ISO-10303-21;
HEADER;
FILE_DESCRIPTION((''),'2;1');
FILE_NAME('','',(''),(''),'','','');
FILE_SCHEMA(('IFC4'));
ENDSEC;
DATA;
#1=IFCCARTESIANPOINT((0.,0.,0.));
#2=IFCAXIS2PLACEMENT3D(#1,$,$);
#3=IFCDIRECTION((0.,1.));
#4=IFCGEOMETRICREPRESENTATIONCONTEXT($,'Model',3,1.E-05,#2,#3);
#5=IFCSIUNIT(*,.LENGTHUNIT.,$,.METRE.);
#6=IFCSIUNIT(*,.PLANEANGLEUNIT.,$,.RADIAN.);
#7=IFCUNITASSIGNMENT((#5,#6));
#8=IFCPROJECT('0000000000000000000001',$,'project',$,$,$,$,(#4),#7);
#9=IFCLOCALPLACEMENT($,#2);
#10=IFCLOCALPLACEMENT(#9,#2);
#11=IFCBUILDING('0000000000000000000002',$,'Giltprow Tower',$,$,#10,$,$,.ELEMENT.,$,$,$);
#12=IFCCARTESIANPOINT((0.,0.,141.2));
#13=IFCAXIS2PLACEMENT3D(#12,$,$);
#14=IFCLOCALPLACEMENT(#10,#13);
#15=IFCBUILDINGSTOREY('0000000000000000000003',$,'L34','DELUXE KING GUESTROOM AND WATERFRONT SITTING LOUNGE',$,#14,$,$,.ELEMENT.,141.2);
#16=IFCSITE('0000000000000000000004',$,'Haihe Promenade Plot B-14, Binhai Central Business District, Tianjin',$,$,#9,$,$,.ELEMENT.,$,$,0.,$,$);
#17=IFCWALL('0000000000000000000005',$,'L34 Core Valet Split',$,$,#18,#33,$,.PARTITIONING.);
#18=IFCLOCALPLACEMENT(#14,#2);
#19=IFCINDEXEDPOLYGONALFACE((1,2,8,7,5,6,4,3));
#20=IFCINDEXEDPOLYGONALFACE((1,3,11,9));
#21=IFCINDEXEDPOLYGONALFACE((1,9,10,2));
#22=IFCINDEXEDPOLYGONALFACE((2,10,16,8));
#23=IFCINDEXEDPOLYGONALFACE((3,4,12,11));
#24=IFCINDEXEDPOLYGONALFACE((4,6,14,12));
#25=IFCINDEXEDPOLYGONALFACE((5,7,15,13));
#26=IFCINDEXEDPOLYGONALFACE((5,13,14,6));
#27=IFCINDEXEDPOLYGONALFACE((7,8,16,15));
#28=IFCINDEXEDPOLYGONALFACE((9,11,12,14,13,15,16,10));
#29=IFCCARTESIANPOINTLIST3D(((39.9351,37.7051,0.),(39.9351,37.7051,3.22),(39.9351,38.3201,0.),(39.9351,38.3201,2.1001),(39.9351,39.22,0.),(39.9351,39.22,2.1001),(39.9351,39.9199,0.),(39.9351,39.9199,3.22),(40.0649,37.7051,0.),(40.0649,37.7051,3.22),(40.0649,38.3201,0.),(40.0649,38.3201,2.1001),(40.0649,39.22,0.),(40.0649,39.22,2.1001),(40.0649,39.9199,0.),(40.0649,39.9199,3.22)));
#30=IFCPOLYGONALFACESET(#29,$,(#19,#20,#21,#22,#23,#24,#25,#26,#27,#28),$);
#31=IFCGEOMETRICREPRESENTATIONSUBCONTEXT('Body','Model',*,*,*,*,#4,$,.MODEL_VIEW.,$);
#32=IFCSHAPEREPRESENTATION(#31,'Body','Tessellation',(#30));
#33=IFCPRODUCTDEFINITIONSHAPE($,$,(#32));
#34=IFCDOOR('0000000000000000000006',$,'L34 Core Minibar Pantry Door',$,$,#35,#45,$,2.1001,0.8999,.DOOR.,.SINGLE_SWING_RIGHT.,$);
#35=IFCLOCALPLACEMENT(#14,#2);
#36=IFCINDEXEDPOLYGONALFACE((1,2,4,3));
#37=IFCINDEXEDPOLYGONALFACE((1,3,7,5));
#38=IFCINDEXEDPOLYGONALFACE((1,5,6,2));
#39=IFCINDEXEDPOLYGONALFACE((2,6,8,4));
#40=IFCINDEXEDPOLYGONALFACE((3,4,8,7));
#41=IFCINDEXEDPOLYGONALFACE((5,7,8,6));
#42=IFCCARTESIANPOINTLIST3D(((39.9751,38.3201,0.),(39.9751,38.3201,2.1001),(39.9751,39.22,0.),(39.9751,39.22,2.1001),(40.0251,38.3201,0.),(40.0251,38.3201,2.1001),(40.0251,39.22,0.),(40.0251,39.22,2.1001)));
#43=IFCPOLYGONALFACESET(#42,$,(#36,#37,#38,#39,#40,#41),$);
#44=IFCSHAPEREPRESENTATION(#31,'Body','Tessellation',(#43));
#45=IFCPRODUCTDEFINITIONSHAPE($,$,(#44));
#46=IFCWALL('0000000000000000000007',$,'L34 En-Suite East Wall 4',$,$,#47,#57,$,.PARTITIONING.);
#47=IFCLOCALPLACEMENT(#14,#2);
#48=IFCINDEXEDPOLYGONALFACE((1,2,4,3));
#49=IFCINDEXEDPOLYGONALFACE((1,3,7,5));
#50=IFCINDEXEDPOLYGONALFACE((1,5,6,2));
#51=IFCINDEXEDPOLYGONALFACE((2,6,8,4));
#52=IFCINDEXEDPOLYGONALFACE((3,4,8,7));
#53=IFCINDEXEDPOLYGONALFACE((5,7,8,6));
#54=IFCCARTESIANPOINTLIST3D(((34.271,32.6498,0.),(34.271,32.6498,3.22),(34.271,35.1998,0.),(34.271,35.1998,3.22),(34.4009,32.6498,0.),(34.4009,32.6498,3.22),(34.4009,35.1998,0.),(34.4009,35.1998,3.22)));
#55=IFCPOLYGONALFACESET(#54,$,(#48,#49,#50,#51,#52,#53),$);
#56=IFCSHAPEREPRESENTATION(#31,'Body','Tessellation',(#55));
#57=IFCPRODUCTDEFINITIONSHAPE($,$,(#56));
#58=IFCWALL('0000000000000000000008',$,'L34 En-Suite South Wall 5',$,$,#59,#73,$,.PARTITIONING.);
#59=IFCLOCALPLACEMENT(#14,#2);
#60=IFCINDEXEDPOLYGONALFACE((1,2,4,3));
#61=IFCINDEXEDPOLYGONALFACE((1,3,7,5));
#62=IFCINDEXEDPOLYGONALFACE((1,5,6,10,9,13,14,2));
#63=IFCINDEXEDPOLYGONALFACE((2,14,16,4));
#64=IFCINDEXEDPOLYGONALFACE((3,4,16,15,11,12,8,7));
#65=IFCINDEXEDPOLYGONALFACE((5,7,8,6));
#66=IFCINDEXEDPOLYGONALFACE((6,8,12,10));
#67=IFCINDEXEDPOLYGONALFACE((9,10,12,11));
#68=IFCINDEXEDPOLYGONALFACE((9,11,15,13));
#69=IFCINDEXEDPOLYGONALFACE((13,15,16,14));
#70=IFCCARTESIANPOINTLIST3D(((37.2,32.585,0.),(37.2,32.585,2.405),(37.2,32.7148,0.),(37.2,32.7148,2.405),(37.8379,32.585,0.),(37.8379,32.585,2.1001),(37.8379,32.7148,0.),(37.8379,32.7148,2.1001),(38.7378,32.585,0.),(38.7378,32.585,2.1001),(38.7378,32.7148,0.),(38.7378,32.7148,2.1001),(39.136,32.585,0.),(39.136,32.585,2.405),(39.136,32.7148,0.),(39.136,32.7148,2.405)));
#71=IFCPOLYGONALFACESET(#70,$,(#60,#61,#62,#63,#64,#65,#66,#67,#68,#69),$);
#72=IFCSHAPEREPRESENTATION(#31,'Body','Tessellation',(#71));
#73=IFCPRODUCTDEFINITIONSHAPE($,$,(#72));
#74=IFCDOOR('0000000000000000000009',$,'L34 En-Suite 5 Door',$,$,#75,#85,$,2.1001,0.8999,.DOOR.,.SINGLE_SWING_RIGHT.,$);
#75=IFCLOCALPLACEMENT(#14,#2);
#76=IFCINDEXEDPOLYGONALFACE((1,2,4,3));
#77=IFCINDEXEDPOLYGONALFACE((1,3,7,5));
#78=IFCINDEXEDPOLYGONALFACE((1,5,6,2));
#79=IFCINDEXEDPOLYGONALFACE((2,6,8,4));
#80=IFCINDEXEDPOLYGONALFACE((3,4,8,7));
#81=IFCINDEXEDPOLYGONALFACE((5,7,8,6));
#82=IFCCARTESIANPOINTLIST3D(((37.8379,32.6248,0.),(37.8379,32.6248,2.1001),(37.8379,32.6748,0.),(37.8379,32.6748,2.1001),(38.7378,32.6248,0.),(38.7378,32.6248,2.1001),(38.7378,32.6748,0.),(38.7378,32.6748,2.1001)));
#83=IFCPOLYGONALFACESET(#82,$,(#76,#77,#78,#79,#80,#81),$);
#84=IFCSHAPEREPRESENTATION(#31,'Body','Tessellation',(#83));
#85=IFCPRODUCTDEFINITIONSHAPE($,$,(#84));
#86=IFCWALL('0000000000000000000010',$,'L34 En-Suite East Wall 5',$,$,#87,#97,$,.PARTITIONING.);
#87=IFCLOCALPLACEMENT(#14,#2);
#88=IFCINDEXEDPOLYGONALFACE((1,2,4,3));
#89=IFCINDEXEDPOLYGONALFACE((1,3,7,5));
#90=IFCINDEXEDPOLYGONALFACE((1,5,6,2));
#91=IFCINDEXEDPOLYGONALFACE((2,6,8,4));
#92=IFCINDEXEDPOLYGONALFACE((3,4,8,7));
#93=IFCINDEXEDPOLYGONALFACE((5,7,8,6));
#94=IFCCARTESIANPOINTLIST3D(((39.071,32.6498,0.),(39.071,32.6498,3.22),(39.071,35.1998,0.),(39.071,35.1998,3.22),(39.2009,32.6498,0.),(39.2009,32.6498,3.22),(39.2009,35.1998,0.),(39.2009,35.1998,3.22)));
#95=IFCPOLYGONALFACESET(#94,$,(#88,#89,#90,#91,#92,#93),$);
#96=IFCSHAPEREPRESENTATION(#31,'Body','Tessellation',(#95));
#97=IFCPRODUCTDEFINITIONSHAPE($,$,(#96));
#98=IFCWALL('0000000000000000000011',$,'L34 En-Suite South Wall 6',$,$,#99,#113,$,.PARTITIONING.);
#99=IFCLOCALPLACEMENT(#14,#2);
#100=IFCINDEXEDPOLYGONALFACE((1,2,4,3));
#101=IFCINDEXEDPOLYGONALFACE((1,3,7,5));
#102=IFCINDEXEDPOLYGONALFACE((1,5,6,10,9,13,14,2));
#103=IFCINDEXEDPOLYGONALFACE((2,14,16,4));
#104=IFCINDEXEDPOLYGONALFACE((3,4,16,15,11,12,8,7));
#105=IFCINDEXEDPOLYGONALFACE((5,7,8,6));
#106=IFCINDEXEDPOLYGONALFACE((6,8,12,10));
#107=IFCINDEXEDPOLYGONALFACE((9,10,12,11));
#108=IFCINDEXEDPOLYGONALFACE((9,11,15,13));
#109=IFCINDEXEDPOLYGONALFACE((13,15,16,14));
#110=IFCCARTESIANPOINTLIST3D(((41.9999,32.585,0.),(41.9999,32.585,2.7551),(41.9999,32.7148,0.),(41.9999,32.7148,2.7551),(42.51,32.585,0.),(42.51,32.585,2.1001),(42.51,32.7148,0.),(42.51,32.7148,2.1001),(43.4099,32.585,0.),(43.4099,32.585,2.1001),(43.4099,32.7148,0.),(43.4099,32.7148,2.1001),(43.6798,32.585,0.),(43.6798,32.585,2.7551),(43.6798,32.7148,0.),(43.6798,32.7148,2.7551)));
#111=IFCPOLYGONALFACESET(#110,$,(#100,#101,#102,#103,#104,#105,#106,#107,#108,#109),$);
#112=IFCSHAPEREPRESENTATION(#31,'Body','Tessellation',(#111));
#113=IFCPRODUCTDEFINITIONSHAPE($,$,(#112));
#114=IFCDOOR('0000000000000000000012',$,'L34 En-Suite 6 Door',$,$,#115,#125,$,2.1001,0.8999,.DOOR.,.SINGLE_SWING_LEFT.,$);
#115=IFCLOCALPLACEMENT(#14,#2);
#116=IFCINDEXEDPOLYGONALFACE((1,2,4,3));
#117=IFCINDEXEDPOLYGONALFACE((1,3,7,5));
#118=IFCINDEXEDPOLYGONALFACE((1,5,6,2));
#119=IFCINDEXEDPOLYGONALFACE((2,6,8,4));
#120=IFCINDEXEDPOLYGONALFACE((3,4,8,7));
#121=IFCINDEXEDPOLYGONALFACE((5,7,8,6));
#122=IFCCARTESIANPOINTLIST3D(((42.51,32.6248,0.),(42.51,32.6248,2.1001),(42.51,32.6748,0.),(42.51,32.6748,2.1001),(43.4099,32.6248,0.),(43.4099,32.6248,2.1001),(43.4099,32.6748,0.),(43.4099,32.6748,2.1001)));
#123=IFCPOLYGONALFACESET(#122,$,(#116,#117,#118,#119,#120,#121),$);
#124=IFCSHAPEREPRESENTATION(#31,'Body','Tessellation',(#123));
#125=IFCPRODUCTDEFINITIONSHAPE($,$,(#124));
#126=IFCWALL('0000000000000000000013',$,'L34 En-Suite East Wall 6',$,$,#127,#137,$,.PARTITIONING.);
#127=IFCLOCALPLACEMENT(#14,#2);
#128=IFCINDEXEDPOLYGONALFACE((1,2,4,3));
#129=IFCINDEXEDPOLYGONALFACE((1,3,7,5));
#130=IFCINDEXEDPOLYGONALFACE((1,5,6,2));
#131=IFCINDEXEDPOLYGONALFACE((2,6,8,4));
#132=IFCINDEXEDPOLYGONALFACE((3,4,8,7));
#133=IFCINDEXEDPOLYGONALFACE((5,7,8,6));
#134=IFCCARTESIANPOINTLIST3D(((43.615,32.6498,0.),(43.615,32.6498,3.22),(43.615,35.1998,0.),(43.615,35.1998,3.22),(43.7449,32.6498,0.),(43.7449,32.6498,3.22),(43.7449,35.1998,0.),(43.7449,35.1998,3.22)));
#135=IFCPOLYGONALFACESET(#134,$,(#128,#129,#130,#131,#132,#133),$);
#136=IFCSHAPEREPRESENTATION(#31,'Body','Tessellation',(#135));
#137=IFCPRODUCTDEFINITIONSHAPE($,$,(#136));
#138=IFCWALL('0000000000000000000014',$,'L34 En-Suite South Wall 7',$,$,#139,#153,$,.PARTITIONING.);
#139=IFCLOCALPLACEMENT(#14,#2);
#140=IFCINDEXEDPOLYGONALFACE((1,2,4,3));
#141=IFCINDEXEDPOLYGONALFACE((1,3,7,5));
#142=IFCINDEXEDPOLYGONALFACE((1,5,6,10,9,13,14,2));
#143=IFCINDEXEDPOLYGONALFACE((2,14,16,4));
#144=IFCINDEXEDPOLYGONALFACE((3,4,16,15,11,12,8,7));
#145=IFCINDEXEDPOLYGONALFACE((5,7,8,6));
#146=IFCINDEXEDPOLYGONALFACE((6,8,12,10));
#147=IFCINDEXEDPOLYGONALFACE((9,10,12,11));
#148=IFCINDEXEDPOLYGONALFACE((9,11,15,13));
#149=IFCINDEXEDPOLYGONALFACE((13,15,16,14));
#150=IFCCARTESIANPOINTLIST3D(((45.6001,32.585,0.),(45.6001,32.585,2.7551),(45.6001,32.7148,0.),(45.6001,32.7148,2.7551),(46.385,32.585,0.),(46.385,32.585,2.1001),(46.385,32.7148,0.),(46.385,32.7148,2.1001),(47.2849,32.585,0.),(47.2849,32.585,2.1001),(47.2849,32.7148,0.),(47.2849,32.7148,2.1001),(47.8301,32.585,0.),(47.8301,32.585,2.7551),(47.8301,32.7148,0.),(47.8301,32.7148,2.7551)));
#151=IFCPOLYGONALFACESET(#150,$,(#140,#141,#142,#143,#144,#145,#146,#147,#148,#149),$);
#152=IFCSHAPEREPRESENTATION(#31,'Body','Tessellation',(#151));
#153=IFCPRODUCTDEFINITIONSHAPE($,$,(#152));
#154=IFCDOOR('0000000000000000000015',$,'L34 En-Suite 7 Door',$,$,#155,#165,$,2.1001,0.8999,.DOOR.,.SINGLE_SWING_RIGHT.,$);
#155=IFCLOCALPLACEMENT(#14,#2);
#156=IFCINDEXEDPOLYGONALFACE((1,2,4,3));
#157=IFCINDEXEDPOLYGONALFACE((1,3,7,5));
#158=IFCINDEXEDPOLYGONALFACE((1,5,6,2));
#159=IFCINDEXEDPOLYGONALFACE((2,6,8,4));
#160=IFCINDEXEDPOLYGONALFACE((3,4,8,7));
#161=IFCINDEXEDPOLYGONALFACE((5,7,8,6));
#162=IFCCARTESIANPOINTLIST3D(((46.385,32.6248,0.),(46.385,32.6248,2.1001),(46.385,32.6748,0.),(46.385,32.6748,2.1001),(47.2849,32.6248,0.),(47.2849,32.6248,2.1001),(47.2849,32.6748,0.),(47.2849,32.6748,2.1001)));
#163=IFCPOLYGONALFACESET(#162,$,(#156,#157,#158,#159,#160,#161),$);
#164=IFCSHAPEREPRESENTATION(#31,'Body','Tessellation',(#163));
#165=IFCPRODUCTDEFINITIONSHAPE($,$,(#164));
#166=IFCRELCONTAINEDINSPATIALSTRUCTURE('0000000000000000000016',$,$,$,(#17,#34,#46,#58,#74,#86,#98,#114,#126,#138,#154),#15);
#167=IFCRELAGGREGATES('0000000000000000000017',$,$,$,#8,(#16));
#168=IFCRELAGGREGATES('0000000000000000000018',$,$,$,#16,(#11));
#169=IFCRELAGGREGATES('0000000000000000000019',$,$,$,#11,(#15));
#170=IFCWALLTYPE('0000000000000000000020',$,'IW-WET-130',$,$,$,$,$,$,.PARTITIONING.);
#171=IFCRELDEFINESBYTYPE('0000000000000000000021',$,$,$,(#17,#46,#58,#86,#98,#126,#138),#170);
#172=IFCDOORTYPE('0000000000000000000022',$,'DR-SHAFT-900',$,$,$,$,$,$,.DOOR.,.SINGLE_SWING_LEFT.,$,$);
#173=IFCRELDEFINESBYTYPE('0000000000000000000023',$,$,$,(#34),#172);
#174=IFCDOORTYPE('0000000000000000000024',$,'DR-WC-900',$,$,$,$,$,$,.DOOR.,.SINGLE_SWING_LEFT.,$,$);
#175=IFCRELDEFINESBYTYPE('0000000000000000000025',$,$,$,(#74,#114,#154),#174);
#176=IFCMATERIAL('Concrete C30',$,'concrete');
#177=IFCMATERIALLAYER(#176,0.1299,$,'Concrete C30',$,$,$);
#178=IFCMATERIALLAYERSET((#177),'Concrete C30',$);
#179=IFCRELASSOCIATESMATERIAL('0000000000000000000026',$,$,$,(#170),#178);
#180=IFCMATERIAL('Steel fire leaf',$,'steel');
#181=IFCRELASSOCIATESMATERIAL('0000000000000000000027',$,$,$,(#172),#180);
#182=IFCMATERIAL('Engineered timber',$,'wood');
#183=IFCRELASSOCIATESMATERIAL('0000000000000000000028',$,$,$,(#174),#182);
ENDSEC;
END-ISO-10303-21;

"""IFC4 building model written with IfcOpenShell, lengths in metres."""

from ifc_helpers import new_model, si_unit, direction, frame, frame_2d, origin, place, context, subcontext, project, spatial, rectangle, extrude, source, transform, mapped, material, layer, layer_set, type_object, element, fill, save


model = new_model("IFC4")

# Units and contexts
model_context = context("Model", 3, precision=1e-05, world=origin(), true_north=direction((0.0, 1.0)))
body_context = subcontext(model_context, "Body", "Model", "MODEL_VIEW")
ifc_project = project(units=[si_unit("LENGTHUNIT", "METRE"), si_unit("PLANEANGLEUNIT", "RADIAN")], contexts=[model_context])

# Site, building, storey
site_placement = place(None, origin())
site = spatial("IfcSite", under=ifc_project, at=site_placement, Name="Haihe Promenade Plot B-14, Binhai Central Business District, Tianjin", CompositionType="ELEMENT", RefElevation=0.0)
building_placement = place(site_placement, origin())
building = spatial("IfcBuilding", under=site, at=building_placement, Name="Giltprow Tower", CompositionType="ELEMENT")
storey_placement = place(building_placement, frame((0.0, 0.0, 141.2)))
storey = spatial("IfcBuildingStorey", under=building, at=storey_placement, Name="L34", Description="DELUXE KING GUESTROOM AND WATERFRONT SITTING LOUNGE", CompositionType="ELEMENT", Elevation=141.2)

# Wall, opening, door
ifc_material_1 = material(Name="Concrete C30", Category="concrete")
ifc_layer_1 = layer(ifc_material_1, 0.1299, Name="Concrete C30")
ifc_layer_set_1 = layer_set([ifc_layer_1], Name="Concrete C30")
wall_type_1 = type_object("IfcWallType", Name="IW-WET-130", PredefinedType="PARTITIONING", material=ifc_layer_set_1)
ifc_material_2 = material(Name="Steel fire leaf", Category="steel")
door_type_1 = type_object("IfcDoorType", Name="DR-SHAFT-900", OperationType="SINGLE_SWING_LEFT", PredefinedType="DOOR", material=ifc_material_2)
shared_shape_1 = source(origin(), body_context, "Body", "SweptSolid", [
    extrude(rectangle(XDim=0.8999, YDim=2.1001, at=frame_2d((0.45, 1.05))), frame((0.0, 0.0249, 0.0), z_axis=(0.0, -1.0, 0.0), x_axis=(1.0, 0.0, 0.0)), (0.0, 0.0, 1.0), 0.05),
])
wall_1_placement = place(storey_placement, frame((40.0, 37.7051, 0.0), z_axis=(0.0, 0.0, 1.0), x_axis=(0.0, 1.0, 0.0)))
wall_1 = element("IfcWall", 1, at=wall_1_placement, inside=storey, type_object=wall_type_1, Name="L34 Core Valet Split", PredefinedType="PARTITIONING", context=body_context, shape_type="SweptSolid", body=[
    extrude(rectangle(XDim=2.2148, YDim=0.1299, at=frame_2d((1.1074, 0.0))), origin(), (0.0, 0.0, 1.0), 3.22),
])
opening_1_placement = place(wall_1_placement, frame((0.615, 0.0, 0.0)))
opening_1 = element("IfcOpeningElement", 2, at=opening_1_placement, cuts=wall_1, PredefinedType="OPENING", context=body_context, shape_type="SweptSolid", body=[
    extrude(rectangle(XDim=0.8999, YDim=2.1001, at=frame_2d((0.45, 1.05))), frame((0.0, 0.075, 0.0), z_axis=(0.0, -1.0, 0.0), x_axis=(1.0, 0.0, 0.0)), (0.0, 0.0, 1.0), 0.1499),
])
door_1_placement = place(opening_1_placement, origin())
door_1 = element("IfcDoor", 3, at=door_1_placement, inside=storey, type_object=door_type_1, Name="L34 Core Minibar Pantry Door", OperationType="SINGLE_SWING_RIGHT", OverallHeight=2.1001, OverallWidth=0.8999, PredefinedType="DOOR", context=body_context, shape_type="MappedRepresentation", body=[
    mapped(shared_shape_1, transform((0.0, 0.0, 0.0), x_axis=(1.0, 0.0, 0.0), y_axis=(0.0, 1.0, 0.0), z_axis=(0.0, 0.0, 1.0), scale=1.0)),
])
fill(opening_1, door_1)

# Wall
wall_2_placement = place(storey_placement, frame((34.3359, 32.6499, 0.0), z_axis=(0.0, 0.0, 1.0), x_axis=(0.0, 1.0, 0.0)))
element("IfcWall", 4, at=wall_2_placement, inside=storey, type_object=wall_type_1, Name="L34 En-Suite East Wall 4", PredefinedType="PARTITIONING", context=body_context, shape_type="SweptSolid", body=[
    extrude(rectangle(XDim=2.55, YDim=0.1299, at=frame_2d((1.2749, 0.0))), origin(), (0.0, 0.0, 1.0), 3.22),
])

# Wall, opening, door
wall_3_placement = place(storey_placement, frame((37.2, 32.6499, 0.0), z_axis=(0.0, 0.0, 1.0), x_axis=(1.0, 0.0, 0.0)))
wall_3 = element("IfcWall", 5, at=wall_3_placement, inside=storey, type_object=wall_type_1, Name="L34 En-Suite South Wall 5", PredefinedType="PARTITIONING", context=body_context, shape_type="SweptSolid", body=[
    extrude(rectangle(XDim=1.936, YDim=0.1299, at=frame_2d((0.968, 0.0))), origin(), (0.0, 0.0, 1.0), 2.405),
])
opening_2_placement = place(wall_3_placement, frame((0.6379, 0.0, 0.0)))
opening_2 = element("IfcOpeningElement", 6, at=opening_2_placement, cuts=wall_3, PredefinedType="OPENING", context=body_context, shape_type="SweptSolid", body=[
    extrude(rectangle(XDim=0.8999, YDim=2.1001, at=frame_2d((0.45, 1.05))), frame((0.0, 0.075, 0.0), z_axis=(0.0, -1.0, 0.0), x_axis=(1.0, 0.0, 0.0)), (0.0, 0.0, 1.0), 0.1499),
])
ifc_material_3 = material(Name="Engineered timber", Category="wood")
door_type_2 = type_object("IfcDoorType", Name="DR-WC-900", OperationType="SINGLE_SWING_LEFT", PredefinedType="DOOR", material=ifc_material_3)
door_2_placement = place(opening_2_placement, origin())
door_2 = element("IfcDoor", 7, at=door_2_placement, inside=storey, type_object=door_type_2, Name="L34 En-Suite 5 Door", OperationType="SINGLE_SWING_RIGHT", OverallHeight=2.1001, OverallWidth=0.8999, PredefinedType="DOOR", context=body_context, shape_type="MappedRepresentation", body=[
    mapped(shared_shape_1, transform((0.0, 0.0, 0.0), x_axis=(1.0, 0.0, 0.0), y_axis=(0.0, 1.0, 0.0), z_axis=(0.0, 0.0, 1.0), scale=1.0)),
])
fill(opening_2, door_2)

# Wall
wall_4_placement = place(storey_placement, frame((39.136, 32.6499, 0.0), z_axis=(0.0, 0.0, 1.0), x_axis=(0.0, 1.0, 0.0)))
element("IfcWall", 8, at=wall_4_placement, inside=storey, type_object=wall_type_1, Name="L34 En-Suite East Wall 5", PredefinedType="PARTITIONING", context=body_context, shape_type="SweptSolid", body=[
    extrude(rectangle(XDim=2.55, YDim=0.1299, at=frame_2d((1.2749, 0.0))), origin(), (0.0, 0.0, 1.0), 3.22),
])

# Wall, opening, door
wall_5_placement = place(storey_placement, frame((42.0, 32.6499, 0.0), z_axis=(0.0, 0.0, 1.0), x_axis=(1.0, 0.0, 0.0)))
wall_5 = element("IfcWall", 9, at=wall_5_placement, inside=storey, type_object=wall_type_1, Name="L34 En-Suite South Wall 6", PredefinedType="PARTITIONING", context=body_context, shape_type="SweptSolid", body=[
    extrude(rectangle(XDim=1.6799, YDim=0.1299, at=frame_2d((0.8398, 0.0))), origin(), (0.0, 0.0, 1.0), 2.7551),
])
opening_3_placement = place(wall_5_placement, frame((0.51, 0.0, 0.0)))
opening_3 = element("IfcOpeningElement", 10, at=opening_3_placement, cuts=wall_5, PredefinedType="OPENING", context=body_context, shape_type="SweptSolid", body=[
    extrude(rectangle(XDim=0.8999, YDim=2.1001, at=frame_2d((0.45, 1.05))), frame((0.0, 0.075, 0.0), z_axis=(0.0, -1.0, 0.0), x_axis=(1.0, 0.0, 0.0)), (0.0, 0.0, 1.0), 0.1499),
])
door_3_placement = place(opening_3_placement, origin())
door_3 = element("IfcDoor", 11, at=door_3_placement, inside=storey, type_object=door_type_2, Name="L34 En-Suite 6 Door", OperationType="SINGLE_SWING_LEFT", OverallHeight=2.1001, OverallWidth=0.8999, PredefinedType="DOOR", context=body_context, shape_type="MappedRepresentation", body=[
    mapped(shared_shape_1, transform((0.0, 0.0, 0.0), x_axis=(1.0, 0.0, 0.0), y_axis=(0.0, 1.0, 0.0), z_axis=(0.0, 0.0, 1.0), scale=1.0)),
])
fill(opening_3, door_3)

# Wall
wall_6_placement = place(storey_placement, frame((43.6799, 32.6499, 0.0), z_axis=(0.0, 0.0, 1.0), x_axis=(0.0, 1.0, 0.0)))
element("IfcWall", 12, at=wall_6_placement, inside=storey, type_object=wall_type_1, Name="L34 En-Suite East Wall 6", PredefinedType="PARTITIONING", context=body_context, shape_type="SweptSolid", body=[
    extrude(rectangle(XDim=2.55, YDim=0.1299, at=frame_2d((1.2749, 0.0))), origin(), (0.0, 0.0, 1.0), 3.22),
])

# Wall, opening, door
wall_7_placement = place(storey_placement, frame((45.6001, 32.6499, 0.0), z_axis=(0.0, 0.0, 1.0), x_axis=(1.0, 0.0, 0.0)))
wall_7 = element("IfcWall", 13, at=wall_7_placement, inside=storey, type_object=wall_type_1, Name="L34 En-Suite South Wall 7", PredefinedType="PARTITIONING", context=body_context, shape_type="SweptSolid", body=[
    extrude(rectangle(XDim=2.23, YDim=0.1299, at=frame_2d((1.115, 0.0))), origin(), (0.0, 0.0, 1.0), 2.7551),
])
opening_4_placement = place(wall_7_placement, frame((0.7849, 0.0, 0.0)))
opening_4 = element("IfcOpeningElement", 14, at=opening_4_placement, cuts=wall_7, PredefinedType="OPENING", context=body_context, shape_type="SweptSolid", body=[
    extrude(rectangle(XDim=0.8999, YDim=2.1001, at=frame_2d((0.45, 1.05))), frame((0.0, 0.075, 0.0), z_axis=(0.0, -1.0, 0.0), x_axis=(1.0, 0.0, 0.0)), (0.0, 0.0, 1.0), 0.1499),
])
door_4_placement = place(opening_4_placement, origin())
door_4 = element("IfcDoor", 15, at=door_4_placement, inside=storey, type_object=door_type_2, Name="L34 En-Suite 7 Door", OperationType="SINGLE_SWING_RIGHT", OverallHeight=2.1001, OverallWidth=0.8999, PredefinedType="DOOR", context=body_context, shape_type="MappedRepresentation", body=[
    mapped(shared_shape_1, transform((0.0, 0.0, 0.0), x_axis=(1.0, 0.0, 0.0), y_axis=(0.0, 1.0, 0.0), z_axis=(0.0, 0.0, 1.0), scale=1.0)),
])
fill(opening_4, door_4)

save(model, "model.ifc")
